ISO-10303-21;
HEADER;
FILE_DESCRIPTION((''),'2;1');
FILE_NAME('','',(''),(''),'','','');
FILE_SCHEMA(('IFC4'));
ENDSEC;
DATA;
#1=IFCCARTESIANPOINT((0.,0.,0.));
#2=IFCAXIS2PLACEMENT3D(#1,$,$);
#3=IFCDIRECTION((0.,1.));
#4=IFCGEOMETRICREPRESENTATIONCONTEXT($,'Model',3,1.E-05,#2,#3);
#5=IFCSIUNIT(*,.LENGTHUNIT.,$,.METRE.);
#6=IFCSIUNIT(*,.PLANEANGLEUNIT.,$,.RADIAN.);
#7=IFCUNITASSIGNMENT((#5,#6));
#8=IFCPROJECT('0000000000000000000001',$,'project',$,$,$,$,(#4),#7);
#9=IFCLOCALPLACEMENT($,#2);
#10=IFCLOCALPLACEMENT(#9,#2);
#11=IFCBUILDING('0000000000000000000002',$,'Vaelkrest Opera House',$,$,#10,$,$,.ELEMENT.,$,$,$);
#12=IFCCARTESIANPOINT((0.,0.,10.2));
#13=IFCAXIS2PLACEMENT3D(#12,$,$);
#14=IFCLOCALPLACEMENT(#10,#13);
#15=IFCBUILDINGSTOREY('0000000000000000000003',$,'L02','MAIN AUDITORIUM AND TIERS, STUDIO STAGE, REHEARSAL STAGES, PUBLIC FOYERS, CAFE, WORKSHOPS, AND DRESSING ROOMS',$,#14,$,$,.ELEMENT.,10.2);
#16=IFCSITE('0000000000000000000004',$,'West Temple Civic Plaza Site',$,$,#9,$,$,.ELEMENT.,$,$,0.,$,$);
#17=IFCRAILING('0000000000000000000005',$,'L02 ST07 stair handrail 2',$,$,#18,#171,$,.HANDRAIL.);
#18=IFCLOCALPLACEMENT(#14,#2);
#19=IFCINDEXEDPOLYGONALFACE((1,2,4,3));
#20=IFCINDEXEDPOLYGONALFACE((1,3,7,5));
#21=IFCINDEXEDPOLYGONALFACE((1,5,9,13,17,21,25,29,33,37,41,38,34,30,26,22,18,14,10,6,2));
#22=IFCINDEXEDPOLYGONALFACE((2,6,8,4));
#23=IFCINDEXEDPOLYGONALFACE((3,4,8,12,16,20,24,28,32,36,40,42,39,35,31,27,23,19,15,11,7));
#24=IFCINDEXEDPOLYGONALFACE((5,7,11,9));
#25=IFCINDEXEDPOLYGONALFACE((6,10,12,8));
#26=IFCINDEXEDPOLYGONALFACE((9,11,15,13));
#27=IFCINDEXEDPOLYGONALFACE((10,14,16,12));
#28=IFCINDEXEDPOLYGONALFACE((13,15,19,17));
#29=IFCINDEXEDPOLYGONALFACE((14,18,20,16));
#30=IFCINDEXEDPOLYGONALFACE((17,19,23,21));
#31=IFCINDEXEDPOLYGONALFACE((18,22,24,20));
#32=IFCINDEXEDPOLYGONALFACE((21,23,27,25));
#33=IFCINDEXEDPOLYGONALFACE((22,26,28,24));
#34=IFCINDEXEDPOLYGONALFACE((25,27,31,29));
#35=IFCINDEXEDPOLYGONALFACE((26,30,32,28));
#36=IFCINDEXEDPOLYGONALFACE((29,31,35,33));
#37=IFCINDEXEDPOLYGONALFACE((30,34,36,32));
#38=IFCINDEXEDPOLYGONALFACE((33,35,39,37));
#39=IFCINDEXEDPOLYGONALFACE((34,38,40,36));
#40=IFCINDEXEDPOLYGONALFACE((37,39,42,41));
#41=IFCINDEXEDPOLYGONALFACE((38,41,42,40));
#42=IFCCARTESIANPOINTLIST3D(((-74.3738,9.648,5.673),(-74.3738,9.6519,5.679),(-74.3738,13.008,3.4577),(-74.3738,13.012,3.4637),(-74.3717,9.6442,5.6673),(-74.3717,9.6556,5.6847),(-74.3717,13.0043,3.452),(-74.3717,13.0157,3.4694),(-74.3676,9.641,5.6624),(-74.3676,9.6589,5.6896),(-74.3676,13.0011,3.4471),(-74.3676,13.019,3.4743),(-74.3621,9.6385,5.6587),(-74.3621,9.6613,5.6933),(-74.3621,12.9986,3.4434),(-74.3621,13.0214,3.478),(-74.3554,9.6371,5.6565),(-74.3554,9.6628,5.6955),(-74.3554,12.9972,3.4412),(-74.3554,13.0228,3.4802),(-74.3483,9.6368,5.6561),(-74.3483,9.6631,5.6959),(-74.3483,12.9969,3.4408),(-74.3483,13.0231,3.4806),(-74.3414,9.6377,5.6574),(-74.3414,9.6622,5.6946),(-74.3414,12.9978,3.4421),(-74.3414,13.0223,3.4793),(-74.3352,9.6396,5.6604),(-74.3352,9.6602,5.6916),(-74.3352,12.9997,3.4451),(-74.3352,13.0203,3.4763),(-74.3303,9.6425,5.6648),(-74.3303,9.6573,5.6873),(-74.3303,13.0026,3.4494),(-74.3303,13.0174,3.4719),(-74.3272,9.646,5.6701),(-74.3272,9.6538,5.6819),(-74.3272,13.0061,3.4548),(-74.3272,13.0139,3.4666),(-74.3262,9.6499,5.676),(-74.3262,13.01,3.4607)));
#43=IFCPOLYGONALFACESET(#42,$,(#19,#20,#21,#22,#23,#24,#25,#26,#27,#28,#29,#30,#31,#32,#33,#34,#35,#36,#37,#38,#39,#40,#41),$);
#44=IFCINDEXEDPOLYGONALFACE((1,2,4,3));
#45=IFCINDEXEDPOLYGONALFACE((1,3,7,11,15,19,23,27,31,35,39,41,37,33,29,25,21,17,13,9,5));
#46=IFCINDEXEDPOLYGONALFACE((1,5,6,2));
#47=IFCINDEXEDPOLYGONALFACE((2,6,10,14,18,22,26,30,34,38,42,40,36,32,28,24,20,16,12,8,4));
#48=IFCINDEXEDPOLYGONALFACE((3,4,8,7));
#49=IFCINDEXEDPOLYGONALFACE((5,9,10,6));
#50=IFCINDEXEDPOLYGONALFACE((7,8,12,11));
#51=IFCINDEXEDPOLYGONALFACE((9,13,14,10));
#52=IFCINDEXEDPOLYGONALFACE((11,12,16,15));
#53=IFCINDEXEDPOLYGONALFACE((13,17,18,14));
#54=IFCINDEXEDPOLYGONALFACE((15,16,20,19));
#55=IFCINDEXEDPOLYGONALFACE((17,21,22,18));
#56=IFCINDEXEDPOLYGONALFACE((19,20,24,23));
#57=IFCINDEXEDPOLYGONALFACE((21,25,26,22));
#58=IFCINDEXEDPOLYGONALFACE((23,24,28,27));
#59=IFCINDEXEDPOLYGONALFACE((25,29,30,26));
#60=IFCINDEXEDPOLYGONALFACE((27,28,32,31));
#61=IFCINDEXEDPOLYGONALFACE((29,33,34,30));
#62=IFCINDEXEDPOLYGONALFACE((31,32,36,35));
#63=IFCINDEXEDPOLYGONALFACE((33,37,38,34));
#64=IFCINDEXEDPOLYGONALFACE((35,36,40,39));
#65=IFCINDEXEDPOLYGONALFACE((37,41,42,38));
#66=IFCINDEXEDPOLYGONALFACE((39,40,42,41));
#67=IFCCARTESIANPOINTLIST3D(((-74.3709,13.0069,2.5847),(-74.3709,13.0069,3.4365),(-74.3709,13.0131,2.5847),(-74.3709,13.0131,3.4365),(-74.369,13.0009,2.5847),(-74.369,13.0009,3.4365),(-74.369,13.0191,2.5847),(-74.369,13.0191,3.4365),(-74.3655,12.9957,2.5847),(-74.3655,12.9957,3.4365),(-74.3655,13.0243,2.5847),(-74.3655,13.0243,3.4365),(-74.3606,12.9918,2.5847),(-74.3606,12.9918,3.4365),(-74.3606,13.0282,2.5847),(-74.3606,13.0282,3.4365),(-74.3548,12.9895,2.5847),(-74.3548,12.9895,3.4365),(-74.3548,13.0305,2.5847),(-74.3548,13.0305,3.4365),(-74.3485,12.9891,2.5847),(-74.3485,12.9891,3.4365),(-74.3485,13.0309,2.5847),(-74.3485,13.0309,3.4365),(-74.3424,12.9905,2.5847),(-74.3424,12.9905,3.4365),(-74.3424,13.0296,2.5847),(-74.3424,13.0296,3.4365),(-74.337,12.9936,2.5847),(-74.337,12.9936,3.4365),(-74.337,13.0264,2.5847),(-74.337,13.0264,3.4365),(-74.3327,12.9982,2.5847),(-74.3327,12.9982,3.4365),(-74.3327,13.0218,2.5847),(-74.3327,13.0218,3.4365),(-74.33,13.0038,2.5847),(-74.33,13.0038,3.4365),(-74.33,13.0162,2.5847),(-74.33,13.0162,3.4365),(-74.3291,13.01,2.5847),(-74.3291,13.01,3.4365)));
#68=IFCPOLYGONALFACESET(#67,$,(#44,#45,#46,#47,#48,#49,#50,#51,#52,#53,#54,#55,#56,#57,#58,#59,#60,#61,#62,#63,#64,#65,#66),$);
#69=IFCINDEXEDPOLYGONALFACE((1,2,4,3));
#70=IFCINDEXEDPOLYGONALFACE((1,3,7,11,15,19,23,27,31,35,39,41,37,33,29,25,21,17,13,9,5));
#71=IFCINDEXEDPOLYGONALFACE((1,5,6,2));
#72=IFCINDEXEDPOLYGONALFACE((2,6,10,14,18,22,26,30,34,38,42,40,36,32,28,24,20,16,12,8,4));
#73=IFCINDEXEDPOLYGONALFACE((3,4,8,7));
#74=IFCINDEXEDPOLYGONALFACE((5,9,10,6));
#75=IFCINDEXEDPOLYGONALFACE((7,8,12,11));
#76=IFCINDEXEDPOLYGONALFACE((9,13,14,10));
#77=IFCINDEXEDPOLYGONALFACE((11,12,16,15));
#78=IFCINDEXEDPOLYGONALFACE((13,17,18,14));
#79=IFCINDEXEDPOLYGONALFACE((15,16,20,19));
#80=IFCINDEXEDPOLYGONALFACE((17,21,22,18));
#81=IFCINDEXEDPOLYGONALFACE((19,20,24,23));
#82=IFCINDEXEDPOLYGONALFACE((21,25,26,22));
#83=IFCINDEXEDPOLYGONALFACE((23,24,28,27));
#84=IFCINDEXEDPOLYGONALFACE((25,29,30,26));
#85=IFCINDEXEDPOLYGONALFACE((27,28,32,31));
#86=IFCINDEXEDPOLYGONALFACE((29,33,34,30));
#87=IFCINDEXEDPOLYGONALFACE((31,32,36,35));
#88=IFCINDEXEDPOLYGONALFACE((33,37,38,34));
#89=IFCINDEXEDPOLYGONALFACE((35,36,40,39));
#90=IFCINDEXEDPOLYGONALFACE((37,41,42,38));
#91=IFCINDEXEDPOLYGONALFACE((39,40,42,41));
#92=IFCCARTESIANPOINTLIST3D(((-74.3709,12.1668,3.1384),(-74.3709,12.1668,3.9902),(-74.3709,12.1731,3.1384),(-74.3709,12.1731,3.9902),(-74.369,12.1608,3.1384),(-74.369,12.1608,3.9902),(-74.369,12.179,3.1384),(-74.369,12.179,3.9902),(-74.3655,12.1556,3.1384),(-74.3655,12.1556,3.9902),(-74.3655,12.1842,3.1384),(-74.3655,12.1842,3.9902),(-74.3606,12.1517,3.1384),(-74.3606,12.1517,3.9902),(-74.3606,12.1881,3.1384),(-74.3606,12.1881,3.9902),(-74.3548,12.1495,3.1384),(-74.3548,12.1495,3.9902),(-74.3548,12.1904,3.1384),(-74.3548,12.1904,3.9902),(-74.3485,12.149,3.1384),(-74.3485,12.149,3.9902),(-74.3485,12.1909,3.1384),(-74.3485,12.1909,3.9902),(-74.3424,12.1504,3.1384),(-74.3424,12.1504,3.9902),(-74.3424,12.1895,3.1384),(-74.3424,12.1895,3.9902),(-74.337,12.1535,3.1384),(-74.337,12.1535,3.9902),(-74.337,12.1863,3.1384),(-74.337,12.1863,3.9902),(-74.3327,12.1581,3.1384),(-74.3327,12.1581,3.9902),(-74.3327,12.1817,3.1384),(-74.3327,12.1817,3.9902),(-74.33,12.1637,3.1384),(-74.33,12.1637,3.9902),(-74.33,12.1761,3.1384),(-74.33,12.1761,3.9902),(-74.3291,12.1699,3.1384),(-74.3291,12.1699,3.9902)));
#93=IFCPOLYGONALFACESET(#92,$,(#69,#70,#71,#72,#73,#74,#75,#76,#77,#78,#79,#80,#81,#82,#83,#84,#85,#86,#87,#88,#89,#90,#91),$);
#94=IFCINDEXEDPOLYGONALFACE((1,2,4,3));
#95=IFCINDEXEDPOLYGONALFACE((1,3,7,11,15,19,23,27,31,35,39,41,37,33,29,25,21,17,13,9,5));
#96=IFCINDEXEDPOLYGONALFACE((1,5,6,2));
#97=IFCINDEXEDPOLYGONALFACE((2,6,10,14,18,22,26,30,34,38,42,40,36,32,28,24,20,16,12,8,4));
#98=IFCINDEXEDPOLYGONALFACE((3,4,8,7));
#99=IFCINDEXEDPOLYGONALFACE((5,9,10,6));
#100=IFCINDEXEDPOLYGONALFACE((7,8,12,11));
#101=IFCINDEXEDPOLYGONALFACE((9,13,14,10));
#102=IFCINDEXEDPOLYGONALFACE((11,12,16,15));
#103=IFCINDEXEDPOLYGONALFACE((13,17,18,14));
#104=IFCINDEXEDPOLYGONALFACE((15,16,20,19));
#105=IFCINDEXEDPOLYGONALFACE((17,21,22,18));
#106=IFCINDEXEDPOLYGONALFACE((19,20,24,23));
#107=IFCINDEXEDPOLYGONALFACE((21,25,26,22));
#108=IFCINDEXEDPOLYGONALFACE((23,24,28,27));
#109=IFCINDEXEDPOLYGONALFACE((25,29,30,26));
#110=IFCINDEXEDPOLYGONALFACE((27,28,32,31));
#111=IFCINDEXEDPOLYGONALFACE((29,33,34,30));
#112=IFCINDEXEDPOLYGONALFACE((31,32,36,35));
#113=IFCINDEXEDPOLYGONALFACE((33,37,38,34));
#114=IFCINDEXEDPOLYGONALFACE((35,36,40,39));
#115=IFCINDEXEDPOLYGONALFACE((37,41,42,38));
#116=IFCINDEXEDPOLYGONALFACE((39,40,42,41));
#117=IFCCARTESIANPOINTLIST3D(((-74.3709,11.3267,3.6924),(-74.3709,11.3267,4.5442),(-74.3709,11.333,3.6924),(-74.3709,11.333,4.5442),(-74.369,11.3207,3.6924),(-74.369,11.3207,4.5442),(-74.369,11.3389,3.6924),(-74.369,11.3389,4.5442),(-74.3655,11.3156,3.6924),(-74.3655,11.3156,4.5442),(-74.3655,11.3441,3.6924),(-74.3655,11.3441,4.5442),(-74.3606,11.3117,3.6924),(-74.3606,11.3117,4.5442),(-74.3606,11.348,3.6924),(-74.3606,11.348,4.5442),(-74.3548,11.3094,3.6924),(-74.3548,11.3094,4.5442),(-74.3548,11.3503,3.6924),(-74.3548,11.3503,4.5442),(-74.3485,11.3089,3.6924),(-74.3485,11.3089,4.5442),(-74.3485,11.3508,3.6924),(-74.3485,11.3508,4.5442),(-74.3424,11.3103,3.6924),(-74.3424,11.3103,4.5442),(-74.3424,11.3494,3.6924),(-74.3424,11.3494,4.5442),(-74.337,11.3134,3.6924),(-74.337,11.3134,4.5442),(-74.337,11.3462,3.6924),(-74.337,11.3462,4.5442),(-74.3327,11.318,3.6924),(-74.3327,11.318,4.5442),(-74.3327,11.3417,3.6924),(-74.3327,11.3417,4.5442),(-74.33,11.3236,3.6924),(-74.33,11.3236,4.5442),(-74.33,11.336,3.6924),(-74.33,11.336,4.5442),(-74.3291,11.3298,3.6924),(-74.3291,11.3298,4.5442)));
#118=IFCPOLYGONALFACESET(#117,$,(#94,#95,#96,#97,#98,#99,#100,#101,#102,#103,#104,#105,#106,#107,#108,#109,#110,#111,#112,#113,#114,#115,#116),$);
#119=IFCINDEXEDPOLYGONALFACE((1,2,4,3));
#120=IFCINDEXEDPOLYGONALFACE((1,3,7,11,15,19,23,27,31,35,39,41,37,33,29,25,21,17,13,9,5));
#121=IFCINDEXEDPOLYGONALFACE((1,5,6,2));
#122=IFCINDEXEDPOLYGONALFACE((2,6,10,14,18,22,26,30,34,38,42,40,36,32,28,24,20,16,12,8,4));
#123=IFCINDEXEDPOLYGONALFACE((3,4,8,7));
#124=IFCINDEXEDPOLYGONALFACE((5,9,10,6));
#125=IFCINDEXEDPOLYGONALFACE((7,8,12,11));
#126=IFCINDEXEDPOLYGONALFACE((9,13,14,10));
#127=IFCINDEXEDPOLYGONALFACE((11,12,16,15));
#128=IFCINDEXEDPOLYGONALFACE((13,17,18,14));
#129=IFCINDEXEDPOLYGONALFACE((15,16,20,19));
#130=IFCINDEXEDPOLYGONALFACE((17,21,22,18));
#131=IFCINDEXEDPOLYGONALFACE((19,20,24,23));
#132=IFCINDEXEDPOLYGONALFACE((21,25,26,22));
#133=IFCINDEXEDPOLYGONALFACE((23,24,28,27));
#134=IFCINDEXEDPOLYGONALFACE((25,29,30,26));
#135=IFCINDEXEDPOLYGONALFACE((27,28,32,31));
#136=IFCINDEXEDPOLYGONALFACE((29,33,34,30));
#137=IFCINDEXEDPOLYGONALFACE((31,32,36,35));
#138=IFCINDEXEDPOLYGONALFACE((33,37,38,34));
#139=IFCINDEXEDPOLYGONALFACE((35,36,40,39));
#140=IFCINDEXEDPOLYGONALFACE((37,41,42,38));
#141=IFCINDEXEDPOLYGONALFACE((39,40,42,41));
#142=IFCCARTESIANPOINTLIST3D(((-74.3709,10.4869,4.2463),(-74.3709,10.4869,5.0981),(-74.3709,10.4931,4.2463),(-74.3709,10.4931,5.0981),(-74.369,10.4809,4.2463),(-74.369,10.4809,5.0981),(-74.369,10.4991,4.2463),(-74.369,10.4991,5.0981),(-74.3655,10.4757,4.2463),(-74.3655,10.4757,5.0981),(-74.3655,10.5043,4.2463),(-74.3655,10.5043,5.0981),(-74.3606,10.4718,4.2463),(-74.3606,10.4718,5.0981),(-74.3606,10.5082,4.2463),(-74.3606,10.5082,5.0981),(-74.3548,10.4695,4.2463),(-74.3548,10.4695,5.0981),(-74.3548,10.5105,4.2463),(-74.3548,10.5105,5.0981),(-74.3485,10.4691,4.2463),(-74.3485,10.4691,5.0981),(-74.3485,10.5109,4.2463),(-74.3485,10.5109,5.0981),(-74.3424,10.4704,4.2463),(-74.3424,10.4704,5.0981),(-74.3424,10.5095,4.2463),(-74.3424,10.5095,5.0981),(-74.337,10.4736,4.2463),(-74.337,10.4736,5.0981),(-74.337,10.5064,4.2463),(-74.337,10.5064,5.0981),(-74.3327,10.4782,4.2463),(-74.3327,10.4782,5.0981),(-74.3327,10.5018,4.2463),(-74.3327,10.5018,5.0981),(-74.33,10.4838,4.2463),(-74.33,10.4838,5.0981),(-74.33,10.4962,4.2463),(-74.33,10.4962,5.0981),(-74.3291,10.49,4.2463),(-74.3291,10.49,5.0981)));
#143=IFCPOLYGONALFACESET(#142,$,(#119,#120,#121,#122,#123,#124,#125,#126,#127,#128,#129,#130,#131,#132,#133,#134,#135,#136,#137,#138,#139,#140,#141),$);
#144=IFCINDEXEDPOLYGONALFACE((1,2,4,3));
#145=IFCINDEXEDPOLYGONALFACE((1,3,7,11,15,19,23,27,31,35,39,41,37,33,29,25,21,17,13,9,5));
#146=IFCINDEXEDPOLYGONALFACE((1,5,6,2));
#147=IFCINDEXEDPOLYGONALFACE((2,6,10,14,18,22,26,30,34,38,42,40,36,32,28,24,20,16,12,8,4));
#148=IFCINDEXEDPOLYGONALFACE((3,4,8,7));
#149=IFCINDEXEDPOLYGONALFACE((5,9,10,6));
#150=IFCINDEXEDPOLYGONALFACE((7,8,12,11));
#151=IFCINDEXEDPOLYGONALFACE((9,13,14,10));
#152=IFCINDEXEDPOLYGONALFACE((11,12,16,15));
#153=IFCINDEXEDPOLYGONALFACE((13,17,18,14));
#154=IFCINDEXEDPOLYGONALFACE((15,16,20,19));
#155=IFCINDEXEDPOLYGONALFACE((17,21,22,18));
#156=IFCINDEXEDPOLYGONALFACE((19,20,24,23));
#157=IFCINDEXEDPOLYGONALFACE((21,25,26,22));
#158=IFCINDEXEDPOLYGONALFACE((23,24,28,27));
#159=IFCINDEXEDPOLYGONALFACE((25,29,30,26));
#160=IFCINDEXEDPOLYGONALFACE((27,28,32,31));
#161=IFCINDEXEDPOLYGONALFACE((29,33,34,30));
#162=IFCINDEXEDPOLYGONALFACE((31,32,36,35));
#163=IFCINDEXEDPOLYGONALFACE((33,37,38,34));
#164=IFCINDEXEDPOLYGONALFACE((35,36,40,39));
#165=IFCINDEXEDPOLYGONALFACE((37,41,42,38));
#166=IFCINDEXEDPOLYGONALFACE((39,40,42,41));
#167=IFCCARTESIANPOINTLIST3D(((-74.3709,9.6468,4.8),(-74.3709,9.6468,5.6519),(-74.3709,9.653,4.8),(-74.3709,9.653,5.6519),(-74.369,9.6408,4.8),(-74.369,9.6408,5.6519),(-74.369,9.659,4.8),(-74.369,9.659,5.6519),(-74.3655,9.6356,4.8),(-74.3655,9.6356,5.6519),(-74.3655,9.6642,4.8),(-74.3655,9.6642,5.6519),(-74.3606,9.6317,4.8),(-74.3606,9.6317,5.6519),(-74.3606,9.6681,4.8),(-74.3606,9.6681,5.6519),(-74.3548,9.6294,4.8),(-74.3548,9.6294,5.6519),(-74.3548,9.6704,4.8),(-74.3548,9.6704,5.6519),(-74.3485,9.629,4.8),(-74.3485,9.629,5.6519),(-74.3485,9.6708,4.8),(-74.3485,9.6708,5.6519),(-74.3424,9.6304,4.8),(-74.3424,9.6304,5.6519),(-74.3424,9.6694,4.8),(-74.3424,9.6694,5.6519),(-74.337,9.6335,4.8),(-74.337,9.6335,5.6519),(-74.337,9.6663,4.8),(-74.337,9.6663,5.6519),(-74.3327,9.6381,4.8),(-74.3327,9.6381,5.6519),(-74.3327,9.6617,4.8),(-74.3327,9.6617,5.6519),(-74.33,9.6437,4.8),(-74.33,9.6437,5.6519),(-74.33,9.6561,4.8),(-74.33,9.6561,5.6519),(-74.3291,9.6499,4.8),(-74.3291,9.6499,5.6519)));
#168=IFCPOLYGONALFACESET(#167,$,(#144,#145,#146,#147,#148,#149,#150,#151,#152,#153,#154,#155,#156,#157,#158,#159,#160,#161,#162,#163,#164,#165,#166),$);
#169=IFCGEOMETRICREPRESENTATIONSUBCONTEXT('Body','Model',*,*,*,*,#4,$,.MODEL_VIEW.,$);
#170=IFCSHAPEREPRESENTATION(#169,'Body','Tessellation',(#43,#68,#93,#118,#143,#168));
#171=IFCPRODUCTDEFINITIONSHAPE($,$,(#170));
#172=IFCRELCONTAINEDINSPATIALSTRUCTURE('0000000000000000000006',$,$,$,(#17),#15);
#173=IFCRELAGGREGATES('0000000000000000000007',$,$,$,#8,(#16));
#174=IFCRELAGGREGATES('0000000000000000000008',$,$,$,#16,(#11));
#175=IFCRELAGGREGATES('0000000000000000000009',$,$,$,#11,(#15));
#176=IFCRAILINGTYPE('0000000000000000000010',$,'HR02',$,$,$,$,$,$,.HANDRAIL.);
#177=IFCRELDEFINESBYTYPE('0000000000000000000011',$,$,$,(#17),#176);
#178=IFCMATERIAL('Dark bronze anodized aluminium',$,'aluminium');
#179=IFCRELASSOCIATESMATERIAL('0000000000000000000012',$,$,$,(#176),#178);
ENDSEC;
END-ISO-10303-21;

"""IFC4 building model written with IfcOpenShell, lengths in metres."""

from ifc_helpers import new_model, si_unit, direction, frame, origin, origin_2d, place, context, subcontext, project, spatial, circle, extrude, material, type_object, element, save


model = new_model("IFC4")

# Units and contexts
model_context = context("Model", 3, precision=1e-05, world=origin(), true_north=direction((0.0, 1.0)))
body_context = subcontext(model_context, "Body", "Model", "MODEL_VIEW")
ifc_project = project(units=[si_unit("LENGTHUNIT", "METRE"), si_unit("PLANEANGLEUNIT", "RADIAN")], contexts=[model_context])

# Site, building, storey
site_placement = place(None, origin())
site = spatial("IfcSite", under=ifc_project, at=site_placement, Name="West Temple Civic Plaza Site", CompositionType="ELEMENT", RefElevation=0.0)
building_placement = place(site_placement, origin())
building = spatial("IfcBuilding", under=site, at=building_placement, Name="Vaelkrest Opera House", CompositionType="ELEMENT")
storey_placement = place(building_placement, frame((0.0, 0.0, 10.2)))
storey = spatial("IfcBuildingStorey", under=building, at=storey_placement, Name="L02", Description="MAIN AUDITORIUM AND TIERS, STUDIO STAGE, REHEARSAL STAGES, PUBLIC FOYERS, CAFE, WORKSHOPS, AND DRESSING ROOMS", CompositionType="ELEMENT", Elevation=10.2)

# Shared definitions
ifc_material_1 = material(Name="Dark bronze anodized aluminium", Category="aluminium")

# Railing
railing_type_1 = type_object("IfcRailingType", Name="HR02", PredefinedType="HANDRAIL", material=ifc_material_1)
railing_1_placement = place(storey_placement, frame((-74.3501, 13.01, 2.5847)))
element("IfcRailing", 1, at=railing_1_placement, inside=storey, type_object=railing_type_1, Name="L02 ST07 stair handrail 2", PredefinedType="HANDRAIL", context=body_context, shape_type="SweptSolid", body=[
    extrude(circle(Radius=0.0239, at=origin_2d()), frame((0.0, 0.0, 0.876), z_axis=(0.0, -0.834876, 0.550437), x_axis=(1.0, 0.0, 0.0)), (0.0, 0.0, 1.0), 4.0247),
    extrude(circle(Radius=0.021, at=origin_2d()), origin(), (0.0, 0.0, 1.0), 0.8518),
    extrude(circle(Radius=0.021, at=origin_2d()), frame((0.0, -0.8401, 0.5537)), (0.0, 0.0, 1.0), 0.8518),
    extrude(circle(Radius=0.021, at=origin_2d()), frame((0.0, -1.6802, 1.1077)), (0.0, 0.0, 1.0), 0.8518),
    extrude(circle(Radius=0.021, at=origin_2d()), frame((0.0, -2.52, 1.6616)), (0.0, 0.0, 1.0), 0.8518),
    extrude(circle(Radius=0.021, at=origin_2d()), frame((0.0, -3.3601, 2.2153)), (0.0, 0.0, 1.0), 0.8518),
])

save(model, "model.ifc")
